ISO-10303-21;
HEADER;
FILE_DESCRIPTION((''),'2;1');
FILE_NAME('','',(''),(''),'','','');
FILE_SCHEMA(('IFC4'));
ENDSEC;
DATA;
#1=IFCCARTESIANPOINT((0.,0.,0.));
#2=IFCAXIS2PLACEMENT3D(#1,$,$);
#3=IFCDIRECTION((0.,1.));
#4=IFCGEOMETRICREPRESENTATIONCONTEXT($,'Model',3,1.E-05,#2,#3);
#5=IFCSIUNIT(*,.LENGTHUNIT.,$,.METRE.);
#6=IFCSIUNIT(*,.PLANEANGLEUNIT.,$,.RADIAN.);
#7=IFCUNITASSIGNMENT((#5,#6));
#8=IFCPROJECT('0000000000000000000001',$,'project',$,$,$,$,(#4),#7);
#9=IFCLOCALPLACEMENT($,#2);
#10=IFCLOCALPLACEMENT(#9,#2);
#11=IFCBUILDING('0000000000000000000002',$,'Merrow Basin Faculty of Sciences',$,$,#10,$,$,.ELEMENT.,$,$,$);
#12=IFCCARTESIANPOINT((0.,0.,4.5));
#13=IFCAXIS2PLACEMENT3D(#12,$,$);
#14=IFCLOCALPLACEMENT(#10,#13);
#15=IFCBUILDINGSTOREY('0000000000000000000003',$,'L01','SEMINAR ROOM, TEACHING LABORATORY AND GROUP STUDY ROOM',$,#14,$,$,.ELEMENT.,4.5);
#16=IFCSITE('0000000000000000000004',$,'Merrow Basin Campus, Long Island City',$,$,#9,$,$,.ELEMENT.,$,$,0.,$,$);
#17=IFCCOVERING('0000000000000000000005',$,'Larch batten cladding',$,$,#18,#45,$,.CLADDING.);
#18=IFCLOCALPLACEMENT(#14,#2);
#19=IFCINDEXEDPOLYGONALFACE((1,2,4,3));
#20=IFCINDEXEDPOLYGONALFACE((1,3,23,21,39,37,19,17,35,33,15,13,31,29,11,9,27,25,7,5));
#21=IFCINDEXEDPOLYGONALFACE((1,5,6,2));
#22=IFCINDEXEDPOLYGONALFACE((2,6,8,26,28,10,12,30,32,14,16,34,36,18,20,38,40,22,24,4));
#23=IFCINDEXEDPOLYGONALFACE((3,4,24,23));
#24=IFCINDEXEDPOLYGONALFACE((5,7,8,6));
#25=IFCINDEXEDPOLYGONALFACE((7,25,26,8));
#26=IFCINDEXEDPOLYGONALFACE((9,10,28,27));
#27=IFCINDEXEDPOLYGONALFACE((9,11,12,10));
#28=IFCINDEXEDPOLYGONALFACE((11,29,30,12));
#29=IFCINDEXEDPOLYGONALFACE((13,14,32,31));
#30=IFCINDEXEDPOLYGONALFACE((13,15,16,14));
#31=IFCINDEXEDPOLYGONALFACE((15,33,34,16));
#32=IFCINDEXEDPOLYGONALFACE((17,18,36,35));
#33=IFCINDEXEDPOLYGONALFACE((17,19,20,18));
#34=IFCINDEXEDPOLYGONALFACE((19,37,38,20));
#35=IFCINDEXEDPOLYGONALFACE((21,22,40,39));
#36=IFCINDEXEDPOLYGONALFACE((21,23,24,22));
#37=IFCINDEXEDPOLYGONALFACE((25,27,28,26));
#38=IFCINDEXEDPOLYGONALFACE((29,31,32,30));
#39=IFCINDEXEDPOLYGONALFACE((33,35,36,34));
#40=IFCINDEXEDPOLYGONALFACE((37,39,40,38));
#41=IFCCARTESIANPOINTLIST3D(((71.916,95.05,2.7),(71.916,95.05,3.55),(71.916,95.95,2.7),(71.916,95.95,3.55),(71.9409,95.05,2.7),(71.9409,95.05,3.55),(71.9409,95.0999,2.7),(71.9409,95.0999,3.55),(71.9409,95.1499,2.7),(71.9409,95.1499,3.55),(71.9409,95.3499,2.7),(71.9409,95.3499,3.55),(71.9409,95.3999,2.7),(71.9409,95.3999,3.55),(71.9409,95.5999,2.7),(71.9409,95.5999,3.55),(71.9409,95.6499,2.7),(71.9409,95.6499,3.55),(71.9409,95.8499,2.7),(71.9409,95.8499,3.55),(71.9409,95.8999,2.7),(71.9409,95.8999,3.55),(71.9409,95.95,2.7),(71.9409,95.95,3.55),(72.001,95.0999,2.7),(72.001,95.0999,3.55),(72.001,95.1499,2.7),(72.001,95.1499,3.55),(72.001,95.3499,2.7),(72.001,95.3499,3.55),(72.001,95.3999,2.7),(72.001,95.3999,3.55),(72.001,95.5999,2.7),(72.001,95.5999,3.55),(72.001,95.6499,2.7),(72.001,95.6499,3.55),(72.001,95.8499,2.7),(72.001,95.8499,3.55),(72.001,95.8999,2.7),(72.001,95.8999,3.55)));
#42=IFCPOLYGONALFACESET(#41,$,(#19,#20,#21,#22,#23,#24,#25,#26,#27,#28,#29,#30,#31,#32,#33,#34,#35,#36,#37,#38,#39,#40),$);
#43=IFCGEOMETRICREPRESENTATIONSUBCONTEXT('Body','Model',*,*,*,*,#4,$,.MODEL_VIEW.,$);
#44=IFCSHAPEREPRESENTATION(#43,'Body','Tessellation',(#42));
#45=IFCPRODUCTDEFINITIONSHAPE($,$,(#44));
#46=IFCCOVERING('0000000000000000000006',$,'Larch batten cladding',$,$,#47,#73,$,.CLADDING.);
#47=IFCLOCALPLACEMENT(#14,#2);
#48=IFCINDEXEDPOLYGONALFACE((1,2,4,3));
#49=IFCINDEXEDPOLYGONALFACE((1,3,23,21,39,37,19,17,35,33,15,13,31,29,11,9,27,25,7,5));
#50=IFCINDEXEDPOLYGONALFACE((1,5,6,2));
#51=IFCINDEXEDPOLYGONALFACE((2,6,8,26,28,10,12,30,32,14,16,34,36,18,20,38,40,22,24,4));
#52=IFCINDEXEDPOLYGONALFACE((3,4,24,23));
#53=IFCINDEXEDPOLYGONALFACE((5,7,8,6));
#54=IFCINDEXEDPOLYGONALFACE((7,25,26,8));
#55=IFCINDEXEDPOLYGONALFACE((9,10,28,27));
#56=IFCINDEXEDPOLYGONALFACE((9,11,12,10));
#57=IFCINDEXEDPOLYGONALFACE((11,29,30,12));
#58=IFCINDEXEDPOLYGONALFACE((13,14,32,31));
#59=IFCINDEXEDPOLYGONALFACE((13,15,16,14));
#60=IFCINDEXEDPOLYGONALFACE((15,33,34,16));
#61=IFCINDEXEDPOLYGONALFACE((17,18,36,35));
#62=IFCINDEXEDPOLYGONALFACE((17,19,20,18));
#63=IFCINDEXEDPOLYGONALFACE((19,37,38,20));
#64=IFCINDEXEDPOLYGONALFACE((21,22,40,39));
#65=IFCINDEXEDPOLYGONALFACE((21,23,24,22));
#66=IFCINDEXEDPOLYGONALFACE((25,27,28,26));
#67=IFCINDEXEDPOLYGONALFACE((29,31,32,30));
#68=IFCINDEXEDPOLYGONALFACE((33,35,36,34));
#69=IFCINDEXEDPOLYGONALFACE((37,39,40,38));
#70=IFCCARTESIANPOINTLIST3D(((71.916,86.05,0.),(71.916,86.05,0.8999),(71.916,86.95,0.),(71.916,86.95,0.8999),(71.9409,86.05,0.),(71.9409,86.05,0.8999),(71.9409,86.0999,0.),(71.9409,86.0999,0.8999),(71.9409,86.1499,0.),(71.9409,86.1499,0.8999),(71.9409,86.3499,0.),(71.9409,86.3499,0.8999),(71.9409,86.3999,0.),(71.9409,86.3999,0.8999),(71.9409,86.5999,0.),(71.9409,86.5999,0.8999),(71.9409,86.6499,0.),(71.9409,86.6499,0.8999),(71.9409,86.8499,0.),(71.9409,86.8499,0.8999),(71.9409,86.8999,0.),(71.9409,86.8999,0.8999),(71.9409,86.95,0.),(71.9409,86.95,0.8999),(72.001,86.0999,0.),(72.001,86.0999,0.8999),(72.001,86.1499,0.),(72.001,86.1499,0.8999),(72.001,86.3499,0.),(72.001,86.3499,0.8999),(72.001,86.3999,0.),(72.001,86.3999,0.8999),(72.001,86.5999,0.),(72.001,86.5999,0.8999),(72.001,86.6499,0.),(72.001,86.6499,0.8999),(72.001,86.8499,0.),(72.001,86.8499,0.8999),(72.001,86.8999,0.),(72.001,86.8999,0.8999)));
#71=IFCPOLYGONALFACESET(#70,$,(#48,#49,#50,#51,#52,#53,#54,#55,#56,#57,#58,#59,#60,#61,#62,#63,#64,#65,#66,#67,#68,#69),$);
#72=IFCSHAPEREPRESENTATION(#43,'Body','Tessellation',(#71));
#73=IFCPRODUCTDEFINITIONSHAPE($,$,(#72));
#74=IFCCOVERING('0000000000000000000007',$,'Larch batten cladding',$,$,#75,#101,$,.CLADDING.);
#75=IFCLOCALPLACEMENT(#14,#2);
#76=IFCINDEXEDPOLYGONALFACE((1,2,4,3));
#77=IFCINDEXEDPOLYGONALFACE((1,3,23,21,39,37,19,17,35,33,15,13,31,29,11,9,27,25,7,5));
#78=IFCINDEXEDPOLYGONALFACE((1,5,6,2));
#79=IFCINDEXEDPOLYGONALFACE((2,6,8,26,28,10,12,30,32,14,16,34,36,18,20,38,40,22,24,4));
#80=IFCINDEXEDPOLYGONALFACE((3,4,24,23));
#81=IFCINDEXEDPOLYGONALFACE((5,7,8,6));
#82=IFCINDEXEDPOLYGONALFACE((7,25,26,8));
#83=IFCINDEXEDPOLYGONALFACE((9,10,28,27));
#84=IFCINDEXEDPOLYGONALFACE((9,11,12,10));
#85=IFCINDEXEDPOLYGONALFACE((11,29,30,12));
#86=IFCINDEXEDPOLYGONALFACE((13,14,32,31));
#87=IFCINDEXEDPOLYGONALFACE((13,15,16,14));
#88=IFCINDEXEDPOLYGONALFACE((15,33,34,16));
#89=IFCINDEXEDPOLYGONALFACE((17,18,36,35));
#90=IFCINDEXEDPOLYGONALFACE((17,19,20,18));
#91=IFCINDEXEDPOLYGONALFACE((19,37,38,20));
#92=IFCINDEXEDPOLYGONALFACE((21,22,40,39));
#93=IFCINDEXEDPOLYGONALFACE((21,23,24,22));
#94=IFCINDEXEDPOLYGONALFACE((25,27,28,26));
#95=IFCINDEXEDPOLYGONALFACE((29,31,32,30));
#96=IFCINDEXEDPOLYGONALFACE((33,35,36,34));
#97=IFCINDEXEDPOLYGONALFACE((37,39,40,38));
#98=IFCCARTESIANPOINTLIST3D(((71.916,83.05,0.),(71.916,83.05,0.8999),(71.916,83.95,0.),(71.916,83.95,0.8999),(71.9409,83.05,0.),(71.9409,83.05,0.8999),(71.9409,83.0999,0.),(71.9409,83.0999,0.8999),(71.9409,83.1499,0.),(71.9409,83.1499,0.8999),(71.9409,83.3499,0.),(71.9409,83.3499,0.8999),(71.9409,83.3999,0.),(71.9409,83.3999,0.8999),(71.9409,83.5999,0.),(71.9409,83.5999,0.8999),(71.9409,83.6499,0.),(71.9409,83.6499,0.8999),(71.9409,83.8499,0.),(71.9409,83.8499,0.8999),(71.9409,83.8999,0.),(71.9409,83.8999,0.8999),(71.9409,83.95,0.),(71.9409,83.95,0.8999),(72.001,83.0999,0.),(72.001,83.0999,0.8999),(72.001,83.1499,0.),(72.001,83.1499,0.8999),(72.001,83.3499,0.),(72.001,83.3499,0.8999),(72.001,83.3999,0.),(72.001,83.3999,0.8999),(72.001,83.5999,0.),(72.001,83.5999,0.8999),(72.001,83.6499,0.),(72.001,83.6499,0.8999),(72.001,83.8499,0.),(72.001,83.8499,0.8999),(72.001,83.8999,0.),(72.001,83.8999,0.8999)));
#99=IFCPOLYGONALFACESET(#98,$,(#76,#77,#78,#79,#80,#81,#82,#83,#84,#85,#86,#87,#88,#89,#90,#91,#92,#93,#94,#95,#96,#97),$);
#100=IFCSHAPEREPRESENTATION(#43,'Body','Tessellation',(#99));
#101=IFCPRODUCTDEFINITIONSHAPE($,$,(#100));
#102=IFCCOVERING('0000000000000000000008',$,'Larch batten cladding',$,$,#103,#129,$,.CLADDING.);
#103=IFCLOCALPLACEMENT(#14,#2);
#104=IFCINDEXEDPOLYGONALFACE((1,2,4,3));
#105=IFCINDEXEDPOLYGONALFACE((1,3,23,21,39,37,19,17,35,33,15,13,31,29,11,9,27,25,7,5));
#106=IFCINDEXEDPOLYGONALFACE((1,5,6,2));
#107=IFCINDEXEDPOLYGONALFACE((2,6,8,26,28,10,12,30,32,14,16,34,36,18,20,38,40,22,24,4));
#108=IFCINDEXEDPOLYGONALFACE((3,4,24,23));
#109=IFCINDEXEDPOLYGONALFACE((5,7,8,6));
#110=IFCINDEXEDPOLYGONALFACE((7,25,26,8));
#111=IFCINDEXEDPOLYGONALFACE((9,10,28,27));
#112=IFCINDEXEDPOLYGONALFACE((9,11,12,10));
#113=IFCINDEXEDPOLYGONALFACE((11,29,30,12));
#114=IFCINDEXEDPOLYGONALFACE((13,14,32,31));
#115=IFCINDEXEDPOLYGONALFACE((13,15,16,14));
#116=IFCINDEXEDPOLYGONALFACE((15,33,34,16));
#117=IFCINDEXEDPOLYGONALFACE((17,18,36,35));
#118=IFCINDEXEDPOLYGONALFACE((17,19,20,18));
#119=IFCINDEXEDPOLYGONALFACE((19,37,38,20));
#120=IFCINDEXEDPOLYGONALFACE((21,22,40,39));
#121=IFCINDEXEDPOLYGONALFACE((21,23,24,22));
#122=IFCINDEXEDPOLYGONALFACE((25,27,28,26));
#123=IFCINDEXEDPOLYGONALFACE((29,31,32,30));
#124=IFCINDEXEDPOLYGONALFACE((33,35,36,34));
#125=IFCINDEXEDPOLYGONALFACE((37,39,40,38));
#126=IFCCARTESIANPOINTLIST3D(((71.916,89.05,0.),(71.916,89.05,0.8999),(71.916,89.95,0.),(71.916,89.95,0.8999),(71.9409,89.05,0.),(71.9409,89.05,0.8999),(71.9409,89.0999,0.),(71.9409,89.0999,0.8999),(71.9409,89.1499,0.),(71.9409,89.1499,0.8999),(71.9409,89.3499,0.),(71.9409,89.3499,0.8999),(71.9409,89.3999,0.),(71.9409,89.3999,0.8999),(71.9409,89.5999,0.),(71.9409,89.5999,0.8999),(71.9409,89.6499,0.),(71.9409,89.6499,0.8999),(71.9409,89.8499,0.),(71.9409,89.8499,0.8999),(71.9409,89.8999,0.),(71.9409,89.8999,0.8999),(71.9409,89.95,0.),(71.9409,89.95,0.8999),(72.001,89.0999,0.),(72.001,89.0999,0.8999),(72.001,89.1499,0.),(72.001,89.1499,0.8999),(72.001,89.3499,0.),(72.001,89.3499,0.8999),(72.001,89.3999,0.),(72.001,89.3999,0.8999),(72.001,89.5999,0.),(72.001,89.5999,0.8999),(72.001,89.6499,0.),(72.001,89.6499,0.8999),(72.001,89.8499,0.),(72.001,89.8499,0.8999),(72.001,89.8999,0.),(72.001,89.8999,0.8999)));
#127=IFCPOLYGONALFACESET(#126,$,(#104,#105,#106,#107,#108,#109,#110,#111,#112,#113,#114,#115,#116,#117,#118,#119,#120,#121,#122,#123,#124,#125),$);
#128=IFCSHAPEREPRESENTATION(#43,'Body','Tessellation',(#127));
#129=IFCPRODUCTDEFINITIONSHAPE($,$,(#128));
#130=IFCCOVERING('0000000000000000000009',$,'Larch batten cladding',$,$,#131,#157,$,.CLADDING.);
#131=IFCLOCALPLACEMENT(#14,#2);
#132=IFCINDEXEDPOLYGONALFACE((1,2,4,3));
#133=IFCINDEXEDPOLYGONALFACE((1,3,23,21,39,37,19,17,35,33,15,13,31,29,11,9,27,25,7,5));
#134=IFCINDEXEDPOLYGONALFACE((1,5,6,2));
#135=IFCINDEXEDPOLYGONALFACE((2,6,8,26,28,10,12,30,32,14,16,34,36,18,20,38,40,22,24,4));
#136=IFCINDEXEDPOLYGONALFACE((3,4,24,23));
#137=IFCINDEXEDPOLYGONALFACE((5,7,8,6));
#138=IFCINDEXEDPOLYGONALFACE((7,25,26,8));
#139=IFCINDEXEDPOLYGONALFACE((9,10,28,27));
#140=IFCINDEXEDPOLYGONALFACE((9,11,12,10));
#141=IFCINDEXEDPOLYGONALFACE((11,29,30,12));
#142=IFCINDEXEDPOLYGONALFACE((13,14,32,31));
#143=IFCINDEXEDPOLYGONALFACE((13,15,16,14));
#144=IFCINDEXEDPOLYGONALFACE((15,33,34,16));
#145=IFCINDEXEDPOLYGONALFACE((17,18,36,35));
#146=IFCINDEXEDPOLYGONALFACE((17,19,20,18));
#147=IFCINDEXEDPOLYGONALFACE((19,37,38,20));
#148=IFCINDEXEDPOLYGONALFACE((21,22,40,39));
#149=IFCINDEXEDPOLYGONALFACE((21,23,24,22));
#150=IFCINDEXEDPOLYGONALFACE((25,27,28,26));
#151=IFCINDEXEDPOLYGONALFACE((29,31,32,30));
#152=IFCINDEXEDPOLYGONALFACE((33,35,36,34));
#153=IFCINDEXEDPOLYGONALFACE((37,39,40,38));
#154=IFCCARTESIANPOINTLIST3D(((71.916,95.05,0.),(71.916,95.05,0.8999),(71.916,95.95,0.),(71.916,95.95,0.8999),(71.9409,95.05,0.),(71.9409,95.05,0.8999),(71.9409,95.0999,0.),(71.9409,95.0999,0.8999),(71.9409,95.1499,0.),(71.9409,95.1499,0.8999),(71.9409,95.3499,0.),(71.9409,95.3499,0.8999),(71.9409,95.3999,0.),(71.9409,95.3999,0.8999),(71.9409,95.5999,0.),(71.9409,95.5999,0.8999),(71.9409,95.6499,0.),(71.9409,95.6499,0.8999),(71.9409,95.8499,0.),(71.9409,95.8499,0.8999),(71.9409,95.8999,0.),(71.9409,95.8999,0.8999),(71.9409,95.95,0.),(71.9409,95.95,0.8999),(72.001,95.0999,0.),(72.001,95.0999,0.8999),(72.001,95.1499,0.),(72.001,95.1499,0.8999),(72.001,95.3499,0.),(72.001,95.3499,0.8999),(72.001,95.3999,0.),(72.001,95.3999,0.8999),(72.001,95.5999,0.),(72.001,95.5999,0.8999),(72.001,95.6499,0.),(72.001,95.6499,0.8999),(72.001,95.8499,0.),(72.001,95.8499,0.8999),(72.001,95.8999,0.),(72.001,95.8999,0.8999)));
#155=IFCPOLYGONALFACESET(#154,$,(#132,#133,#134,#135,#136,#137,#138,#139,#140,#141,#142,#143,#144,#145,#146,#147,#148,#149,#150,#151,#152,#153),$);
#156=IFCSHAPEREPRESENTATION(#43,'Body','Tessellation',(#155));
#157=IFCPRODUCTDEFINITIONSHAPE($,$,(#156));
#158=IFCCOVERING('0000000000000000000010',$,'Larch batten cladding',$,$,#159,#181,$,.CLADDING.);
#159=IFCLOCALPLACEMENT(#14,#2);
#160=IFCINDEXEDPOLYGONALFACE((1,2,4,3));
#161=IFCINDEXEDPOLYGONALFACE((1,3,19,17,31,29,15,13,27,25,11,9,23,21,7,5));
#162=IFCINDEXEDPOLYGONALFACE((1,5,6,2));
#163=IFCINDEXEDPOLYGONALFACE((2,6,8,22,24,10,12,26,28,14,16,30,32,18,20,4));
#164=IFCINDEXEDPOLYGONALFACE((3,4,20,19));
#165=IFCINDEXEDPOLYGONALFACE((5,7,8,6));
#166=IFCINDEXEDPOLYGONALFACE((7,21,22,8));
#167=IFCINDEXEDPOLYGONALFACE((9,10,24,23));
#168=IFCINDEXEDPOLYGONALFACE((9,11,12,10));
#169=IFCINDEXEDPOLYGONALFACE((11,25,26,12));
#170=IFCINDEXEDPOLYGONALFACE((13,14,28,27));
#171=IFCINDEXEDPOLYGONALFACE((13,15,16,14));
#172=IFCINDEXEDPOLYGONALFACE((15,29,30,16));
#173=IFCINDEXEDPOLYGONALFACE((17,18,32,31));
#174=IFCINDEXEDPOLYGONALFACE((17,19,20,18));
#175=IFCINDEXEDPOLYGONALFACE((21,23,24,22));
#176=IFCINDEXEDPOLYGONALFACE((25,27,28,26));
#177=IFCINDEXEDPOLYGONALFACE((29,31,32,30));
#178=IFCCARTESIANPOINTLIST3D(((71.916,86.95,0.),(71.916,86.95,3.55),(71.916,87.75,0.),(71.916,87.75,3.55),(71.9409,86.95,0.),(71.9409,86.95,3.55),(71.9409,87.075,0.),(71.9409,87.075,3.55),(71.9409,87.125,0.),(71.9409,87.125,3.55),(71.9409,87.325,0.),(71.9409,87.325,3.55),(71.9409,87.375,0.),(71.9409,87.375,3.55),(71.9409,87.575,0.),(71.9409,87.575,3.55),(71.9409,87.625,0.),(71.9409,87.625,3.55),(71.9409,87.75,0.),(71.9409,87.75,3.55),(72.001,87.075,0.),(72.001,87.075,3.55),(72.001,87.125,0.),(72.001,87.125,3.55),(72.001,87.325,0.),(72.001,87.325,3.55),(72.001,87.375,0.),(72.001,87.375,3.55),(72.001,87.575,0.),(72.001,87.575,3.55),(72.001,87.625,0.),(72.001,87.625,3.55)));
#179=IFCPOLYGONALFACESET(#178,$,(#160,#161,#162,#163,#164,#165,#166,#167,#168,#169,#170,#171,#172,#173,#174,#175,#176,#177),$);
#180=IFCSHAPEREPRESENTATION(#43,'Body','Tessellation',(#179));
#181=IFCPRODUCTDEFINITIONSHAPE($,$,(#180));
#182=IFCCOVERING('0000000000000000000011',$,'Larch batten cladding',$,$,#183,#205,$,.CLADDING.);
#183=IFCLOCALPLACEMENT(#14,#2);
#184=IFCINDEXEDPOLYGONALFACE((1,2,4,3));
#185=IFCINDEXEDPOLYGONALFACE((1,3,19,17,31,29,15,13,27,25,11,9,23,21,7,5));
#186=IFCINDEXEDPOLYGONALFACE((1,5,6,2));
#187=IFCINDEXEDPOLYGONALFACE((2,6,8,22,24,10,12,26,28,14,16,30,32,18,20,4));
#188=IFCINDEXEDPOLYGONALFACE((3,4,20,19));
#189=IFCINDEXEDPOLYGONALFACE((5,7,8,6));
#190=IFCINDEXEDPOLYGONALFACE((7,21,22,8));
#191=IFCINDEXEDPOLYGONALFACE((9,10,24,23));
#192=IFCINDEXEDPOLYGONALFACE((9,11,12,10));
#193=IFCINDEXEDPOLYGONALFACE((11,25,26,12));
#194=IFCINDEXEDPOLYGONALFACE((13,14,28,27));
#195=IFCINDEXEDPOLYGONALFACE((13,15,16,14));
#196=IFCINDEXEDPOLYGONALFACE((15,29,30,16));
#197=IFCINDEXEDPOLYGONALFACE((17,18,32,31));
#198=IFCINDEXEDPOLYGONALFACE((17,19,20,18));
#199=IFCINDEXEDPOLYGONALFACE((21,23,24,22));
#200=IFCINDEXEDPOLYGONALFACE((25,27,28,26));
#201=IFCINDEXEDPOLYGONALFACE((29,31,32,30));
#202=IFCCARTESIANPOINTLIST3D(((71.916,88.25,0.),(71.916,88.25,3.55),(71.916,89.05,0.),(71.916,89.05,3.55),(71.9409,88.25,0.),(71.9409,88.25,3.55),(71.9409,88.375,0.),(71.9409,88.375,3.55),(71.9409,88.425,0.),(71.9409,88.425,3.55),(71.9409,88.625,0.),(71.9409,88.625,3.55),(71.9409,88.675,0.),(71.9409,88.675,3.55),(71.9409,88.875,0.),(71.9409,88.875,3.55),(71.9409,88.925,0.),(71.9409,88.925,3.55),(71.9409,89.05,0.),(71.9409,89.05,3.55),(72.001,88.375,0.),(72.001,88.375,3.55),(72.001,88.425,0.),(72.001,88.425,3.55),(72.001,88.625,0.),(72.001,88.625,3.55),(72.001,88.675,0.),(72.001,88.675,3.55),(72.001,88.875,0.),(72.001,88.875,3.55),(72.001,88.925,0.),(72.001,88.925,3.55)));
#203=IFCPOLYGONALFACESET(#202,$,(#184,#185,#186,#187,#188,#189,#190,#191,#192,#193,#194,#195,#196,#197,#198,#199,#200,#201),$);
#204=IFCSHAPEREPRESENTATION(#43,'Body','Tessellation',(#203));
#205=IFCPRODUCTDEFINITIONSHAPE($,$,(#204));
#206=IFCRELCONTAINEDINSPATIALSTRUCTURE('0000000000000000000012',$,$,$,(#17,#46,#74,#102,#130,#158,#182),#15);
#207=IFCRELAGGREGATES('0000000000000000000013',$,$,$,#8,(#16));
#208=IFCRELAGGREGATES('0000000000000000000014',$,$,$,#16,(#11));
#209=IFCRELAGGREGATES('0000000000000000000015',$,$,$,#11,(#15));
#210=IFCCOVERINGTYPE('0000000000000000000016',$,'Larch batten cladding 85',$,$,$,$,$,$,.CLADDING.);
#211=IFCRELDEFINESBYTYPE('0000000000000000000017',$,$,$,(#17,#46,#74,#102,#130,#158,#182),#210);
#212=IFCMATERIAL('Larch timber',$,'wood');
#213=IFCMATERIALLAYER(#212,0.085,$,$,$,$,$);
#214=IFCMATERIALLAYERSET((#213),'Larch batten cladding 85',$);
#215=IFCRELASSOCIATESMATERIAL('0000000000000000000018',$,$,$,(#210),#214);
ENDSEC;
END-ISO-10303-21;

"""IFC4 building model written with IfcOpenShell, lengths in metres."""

from ifc_helpers import new_model, si_unit, direction, frame, origin, place, context, subcontext, project, spatial, polyline, outline, extrude, source, transform, mapped, material, layer, layer_set, type_object, element, save


model = new_model("IFC4")

# Units and contexts
model_context = context("Model", 3, precision=1e-05, world=origin(), true_north=direction((0.0, 1.0)))
body_context = subcontext(model_context, "Body", "Model", "MODEL_VIEW")
ifc_project = project(units=[si_unit("LENGTHUNIT", "METRE"), si_unit("PLANEANGLEUNIT", "RADIAN")], contexts=[model_context])

# Site, building, storey
site_placement = place(None, origin())
site = spatial("IfcSite", under=ifc_project, at=site_placement, Name="Merrow Basin Campus, Long Island City", CompositionType="ELEMENT", RefElevation=0.0)
building_placement = place(site_placement, origin())
building = spatial("IfcBuilding", under=site, at=building_placement, Name="Merrow Basin Faculty of Sciences", CompositionType="ELEMENT")
storey_placement = place(building_placement, frame((0.0, 0.0, 4.5)))
storey = spatial("IfcBuildingStorey", under=building, at=storey_placement, Name="L01", Description="SEMINAR ROOM, TEACHING LABORATORY AND GROUP STUDY ROOM", CompositionType="ELEMENT", Elevation=4.5)

# Coverings
ifc_material_1 = material(Name="Larch timber", Category="wood")
ifc_layer_1 = layer(ifc_material_1, 0.085)
ifc_layer_set_1 = layer_set([ifc_layer_1], Name="Larch batten cladding 85")
covering_type = type_object("IfcCoveringType", Name="Larch batten cladding 85", PredefinedType="CLADDING", material=ifc_layer_set_1)
shared_shape_1 = source(origin(), body_context, "Body", "SweptSolid", [
    extrude(outline(polyline([(0.0, 0.0), (0.8999, 0.0), (0.8999, 0.0249), (0.8501, 0.0249), (0.8501, 0.085), (0.8, 0.085), (0.8, 0.0249), (0.6001, 0.0249), (0.6001, 0.085), (0.55, 0.085), (0.55, 0.0249), (0.3501, 0.0249), (0.3501, 0.085), (0.3, 0.085), (0.3, 0.0249), (0.1001, 0.0249), (0.1001, 0.085), (0.05, 0.085), (0.05, 0.0249), (0.0, 0.0249), (0.0, 0.0)])), origin(), (0.0, 0.0, 1.0), 0.8501),
])
for number, where, z_axis, x_axis, name in (
    (1, (71.916, 95.95, 2.7), (0.0, 0.0, 1.0), (0.0, -1.0, 0.0), "Larch batten cladding"),
):
    element("IfcCovering", number, at=place(storey_placement, frame(where, z_axis=z_axis, x_axis=x_axis)), inside=storey, type_object=covering_type, Name=name, PredefinedType="CLADDING", context=body_context, shape_type="MappedRepresentation", body=[
        mapped(shared_shape_1, transform((0.0, 0.0, 0.0), scale=1.0)),
    ])
shared_shape_2 = source(origin(), body_context, "Body", "SweptSolid", [
    extrude(outline(polyline([(0.0, 0.0), (0.8999, 0.0), (0.8999, 0.0249), (0.8501, 0.0249), (0.8501, 0.085), (0.8, 0.085), (0.8, 0.0249), (0.6001, 0.0249), (0.6001, 0.085), (0.55, 0.085), (0.55, 0.0249), (0.3501, 0.0249), (0.3501, 0.085), (0.3, 0.085), (0.3, 0.0249), (0.1001, 0.0249), (0.1001, 0.085), (0.05, 0.085), (0.05, 0.0249), (0.0, 0.0249), (0.0, 0.0)])), origin(), (0.0, 0.0, 1.0), 0.8999),
])
for number, where, z_axis, x_axis, name in (
    (2, (71.916, 86.95, 0.0), (0.0, 0.0, 1.0), (0.0, -1.0, 0.0), "Larch batten cladding"),
    (3, (71.916, 83.95, 0.0), (0.0, 0.0, 1.0), (0.0, -1.0, 0.0), "Larch batten cladding"),
    (4, (71.916, 89.95, 0.0), (0.0, 0.0, 1.0), (0.0, -1.0, 0.0), "Larch batten cladding"),
    (5, (71.916, 95.95, 0.0), (0.0, 0.0, 1.0), (0.0, -1.0, 0.0), "Larch batten cladding"),
):
    element("IfcCovering", number, at=place(storey_placement, frame(where, z_axis=z_axis, x_axis=x_axis)), inside=storey, type_object=covering_type, Name=name, PredefinedType="CLADDING", context=body_context, shape_type="MappedRepresentation", body=[
        mapped(shared_shape_2, transform((0.0, 0.0, 0.0), scale=1.0)),
    ])
shared_shape_3 = source(origin(), body_context, "Body", "SweptSolid", [
    extrude(outline(polyline([(0.0, 0.0), (0.8, 0.0), (0.8, 0.0249), (0.675, 0.0249), (0.675, 0.085), (0.625, 0.085), (0.625, 0.0249), (0.425, 0.0249), (0.425, 0.085), (0.375, 0.085), (0.375, 0.0249), (0.175, 0.0249), (0.175, 0.085), (0.125, 0.085), (0.125, 0.0249), (0.0, 0.0249), (0.0, 0.0)])), origin(), (0.0, 0.0, 1.0), 3.55),
])
for number, where, z_axis, x_axis, name in (
    (6, (71.916, 87.75, 0.0), (0.0, 0.0, 1.0), (0.0, -1.0, 0.0), "Larch batten cladding"),
    (7, (71.916, 89.05, 0.0), (0.0, 0.0, 1.0), (0.0, -1.0, 0.0), "Larch batten cladding"),
):
    element("IfcCovering", number, at=place(storey_placement, frame(where, z_axis=z_axis, x_axis=x_axis)), inside=storey, type_object=covering_type, Name=name, PredefinedType="CLADDING", context=body_context, shape_type="MappedRepresentation", body=[
        mapped(shared_shape_3, transform((0.0, 0.0, 0.0), scale=1.0)),
    ])

save(model, "model.ifc")
